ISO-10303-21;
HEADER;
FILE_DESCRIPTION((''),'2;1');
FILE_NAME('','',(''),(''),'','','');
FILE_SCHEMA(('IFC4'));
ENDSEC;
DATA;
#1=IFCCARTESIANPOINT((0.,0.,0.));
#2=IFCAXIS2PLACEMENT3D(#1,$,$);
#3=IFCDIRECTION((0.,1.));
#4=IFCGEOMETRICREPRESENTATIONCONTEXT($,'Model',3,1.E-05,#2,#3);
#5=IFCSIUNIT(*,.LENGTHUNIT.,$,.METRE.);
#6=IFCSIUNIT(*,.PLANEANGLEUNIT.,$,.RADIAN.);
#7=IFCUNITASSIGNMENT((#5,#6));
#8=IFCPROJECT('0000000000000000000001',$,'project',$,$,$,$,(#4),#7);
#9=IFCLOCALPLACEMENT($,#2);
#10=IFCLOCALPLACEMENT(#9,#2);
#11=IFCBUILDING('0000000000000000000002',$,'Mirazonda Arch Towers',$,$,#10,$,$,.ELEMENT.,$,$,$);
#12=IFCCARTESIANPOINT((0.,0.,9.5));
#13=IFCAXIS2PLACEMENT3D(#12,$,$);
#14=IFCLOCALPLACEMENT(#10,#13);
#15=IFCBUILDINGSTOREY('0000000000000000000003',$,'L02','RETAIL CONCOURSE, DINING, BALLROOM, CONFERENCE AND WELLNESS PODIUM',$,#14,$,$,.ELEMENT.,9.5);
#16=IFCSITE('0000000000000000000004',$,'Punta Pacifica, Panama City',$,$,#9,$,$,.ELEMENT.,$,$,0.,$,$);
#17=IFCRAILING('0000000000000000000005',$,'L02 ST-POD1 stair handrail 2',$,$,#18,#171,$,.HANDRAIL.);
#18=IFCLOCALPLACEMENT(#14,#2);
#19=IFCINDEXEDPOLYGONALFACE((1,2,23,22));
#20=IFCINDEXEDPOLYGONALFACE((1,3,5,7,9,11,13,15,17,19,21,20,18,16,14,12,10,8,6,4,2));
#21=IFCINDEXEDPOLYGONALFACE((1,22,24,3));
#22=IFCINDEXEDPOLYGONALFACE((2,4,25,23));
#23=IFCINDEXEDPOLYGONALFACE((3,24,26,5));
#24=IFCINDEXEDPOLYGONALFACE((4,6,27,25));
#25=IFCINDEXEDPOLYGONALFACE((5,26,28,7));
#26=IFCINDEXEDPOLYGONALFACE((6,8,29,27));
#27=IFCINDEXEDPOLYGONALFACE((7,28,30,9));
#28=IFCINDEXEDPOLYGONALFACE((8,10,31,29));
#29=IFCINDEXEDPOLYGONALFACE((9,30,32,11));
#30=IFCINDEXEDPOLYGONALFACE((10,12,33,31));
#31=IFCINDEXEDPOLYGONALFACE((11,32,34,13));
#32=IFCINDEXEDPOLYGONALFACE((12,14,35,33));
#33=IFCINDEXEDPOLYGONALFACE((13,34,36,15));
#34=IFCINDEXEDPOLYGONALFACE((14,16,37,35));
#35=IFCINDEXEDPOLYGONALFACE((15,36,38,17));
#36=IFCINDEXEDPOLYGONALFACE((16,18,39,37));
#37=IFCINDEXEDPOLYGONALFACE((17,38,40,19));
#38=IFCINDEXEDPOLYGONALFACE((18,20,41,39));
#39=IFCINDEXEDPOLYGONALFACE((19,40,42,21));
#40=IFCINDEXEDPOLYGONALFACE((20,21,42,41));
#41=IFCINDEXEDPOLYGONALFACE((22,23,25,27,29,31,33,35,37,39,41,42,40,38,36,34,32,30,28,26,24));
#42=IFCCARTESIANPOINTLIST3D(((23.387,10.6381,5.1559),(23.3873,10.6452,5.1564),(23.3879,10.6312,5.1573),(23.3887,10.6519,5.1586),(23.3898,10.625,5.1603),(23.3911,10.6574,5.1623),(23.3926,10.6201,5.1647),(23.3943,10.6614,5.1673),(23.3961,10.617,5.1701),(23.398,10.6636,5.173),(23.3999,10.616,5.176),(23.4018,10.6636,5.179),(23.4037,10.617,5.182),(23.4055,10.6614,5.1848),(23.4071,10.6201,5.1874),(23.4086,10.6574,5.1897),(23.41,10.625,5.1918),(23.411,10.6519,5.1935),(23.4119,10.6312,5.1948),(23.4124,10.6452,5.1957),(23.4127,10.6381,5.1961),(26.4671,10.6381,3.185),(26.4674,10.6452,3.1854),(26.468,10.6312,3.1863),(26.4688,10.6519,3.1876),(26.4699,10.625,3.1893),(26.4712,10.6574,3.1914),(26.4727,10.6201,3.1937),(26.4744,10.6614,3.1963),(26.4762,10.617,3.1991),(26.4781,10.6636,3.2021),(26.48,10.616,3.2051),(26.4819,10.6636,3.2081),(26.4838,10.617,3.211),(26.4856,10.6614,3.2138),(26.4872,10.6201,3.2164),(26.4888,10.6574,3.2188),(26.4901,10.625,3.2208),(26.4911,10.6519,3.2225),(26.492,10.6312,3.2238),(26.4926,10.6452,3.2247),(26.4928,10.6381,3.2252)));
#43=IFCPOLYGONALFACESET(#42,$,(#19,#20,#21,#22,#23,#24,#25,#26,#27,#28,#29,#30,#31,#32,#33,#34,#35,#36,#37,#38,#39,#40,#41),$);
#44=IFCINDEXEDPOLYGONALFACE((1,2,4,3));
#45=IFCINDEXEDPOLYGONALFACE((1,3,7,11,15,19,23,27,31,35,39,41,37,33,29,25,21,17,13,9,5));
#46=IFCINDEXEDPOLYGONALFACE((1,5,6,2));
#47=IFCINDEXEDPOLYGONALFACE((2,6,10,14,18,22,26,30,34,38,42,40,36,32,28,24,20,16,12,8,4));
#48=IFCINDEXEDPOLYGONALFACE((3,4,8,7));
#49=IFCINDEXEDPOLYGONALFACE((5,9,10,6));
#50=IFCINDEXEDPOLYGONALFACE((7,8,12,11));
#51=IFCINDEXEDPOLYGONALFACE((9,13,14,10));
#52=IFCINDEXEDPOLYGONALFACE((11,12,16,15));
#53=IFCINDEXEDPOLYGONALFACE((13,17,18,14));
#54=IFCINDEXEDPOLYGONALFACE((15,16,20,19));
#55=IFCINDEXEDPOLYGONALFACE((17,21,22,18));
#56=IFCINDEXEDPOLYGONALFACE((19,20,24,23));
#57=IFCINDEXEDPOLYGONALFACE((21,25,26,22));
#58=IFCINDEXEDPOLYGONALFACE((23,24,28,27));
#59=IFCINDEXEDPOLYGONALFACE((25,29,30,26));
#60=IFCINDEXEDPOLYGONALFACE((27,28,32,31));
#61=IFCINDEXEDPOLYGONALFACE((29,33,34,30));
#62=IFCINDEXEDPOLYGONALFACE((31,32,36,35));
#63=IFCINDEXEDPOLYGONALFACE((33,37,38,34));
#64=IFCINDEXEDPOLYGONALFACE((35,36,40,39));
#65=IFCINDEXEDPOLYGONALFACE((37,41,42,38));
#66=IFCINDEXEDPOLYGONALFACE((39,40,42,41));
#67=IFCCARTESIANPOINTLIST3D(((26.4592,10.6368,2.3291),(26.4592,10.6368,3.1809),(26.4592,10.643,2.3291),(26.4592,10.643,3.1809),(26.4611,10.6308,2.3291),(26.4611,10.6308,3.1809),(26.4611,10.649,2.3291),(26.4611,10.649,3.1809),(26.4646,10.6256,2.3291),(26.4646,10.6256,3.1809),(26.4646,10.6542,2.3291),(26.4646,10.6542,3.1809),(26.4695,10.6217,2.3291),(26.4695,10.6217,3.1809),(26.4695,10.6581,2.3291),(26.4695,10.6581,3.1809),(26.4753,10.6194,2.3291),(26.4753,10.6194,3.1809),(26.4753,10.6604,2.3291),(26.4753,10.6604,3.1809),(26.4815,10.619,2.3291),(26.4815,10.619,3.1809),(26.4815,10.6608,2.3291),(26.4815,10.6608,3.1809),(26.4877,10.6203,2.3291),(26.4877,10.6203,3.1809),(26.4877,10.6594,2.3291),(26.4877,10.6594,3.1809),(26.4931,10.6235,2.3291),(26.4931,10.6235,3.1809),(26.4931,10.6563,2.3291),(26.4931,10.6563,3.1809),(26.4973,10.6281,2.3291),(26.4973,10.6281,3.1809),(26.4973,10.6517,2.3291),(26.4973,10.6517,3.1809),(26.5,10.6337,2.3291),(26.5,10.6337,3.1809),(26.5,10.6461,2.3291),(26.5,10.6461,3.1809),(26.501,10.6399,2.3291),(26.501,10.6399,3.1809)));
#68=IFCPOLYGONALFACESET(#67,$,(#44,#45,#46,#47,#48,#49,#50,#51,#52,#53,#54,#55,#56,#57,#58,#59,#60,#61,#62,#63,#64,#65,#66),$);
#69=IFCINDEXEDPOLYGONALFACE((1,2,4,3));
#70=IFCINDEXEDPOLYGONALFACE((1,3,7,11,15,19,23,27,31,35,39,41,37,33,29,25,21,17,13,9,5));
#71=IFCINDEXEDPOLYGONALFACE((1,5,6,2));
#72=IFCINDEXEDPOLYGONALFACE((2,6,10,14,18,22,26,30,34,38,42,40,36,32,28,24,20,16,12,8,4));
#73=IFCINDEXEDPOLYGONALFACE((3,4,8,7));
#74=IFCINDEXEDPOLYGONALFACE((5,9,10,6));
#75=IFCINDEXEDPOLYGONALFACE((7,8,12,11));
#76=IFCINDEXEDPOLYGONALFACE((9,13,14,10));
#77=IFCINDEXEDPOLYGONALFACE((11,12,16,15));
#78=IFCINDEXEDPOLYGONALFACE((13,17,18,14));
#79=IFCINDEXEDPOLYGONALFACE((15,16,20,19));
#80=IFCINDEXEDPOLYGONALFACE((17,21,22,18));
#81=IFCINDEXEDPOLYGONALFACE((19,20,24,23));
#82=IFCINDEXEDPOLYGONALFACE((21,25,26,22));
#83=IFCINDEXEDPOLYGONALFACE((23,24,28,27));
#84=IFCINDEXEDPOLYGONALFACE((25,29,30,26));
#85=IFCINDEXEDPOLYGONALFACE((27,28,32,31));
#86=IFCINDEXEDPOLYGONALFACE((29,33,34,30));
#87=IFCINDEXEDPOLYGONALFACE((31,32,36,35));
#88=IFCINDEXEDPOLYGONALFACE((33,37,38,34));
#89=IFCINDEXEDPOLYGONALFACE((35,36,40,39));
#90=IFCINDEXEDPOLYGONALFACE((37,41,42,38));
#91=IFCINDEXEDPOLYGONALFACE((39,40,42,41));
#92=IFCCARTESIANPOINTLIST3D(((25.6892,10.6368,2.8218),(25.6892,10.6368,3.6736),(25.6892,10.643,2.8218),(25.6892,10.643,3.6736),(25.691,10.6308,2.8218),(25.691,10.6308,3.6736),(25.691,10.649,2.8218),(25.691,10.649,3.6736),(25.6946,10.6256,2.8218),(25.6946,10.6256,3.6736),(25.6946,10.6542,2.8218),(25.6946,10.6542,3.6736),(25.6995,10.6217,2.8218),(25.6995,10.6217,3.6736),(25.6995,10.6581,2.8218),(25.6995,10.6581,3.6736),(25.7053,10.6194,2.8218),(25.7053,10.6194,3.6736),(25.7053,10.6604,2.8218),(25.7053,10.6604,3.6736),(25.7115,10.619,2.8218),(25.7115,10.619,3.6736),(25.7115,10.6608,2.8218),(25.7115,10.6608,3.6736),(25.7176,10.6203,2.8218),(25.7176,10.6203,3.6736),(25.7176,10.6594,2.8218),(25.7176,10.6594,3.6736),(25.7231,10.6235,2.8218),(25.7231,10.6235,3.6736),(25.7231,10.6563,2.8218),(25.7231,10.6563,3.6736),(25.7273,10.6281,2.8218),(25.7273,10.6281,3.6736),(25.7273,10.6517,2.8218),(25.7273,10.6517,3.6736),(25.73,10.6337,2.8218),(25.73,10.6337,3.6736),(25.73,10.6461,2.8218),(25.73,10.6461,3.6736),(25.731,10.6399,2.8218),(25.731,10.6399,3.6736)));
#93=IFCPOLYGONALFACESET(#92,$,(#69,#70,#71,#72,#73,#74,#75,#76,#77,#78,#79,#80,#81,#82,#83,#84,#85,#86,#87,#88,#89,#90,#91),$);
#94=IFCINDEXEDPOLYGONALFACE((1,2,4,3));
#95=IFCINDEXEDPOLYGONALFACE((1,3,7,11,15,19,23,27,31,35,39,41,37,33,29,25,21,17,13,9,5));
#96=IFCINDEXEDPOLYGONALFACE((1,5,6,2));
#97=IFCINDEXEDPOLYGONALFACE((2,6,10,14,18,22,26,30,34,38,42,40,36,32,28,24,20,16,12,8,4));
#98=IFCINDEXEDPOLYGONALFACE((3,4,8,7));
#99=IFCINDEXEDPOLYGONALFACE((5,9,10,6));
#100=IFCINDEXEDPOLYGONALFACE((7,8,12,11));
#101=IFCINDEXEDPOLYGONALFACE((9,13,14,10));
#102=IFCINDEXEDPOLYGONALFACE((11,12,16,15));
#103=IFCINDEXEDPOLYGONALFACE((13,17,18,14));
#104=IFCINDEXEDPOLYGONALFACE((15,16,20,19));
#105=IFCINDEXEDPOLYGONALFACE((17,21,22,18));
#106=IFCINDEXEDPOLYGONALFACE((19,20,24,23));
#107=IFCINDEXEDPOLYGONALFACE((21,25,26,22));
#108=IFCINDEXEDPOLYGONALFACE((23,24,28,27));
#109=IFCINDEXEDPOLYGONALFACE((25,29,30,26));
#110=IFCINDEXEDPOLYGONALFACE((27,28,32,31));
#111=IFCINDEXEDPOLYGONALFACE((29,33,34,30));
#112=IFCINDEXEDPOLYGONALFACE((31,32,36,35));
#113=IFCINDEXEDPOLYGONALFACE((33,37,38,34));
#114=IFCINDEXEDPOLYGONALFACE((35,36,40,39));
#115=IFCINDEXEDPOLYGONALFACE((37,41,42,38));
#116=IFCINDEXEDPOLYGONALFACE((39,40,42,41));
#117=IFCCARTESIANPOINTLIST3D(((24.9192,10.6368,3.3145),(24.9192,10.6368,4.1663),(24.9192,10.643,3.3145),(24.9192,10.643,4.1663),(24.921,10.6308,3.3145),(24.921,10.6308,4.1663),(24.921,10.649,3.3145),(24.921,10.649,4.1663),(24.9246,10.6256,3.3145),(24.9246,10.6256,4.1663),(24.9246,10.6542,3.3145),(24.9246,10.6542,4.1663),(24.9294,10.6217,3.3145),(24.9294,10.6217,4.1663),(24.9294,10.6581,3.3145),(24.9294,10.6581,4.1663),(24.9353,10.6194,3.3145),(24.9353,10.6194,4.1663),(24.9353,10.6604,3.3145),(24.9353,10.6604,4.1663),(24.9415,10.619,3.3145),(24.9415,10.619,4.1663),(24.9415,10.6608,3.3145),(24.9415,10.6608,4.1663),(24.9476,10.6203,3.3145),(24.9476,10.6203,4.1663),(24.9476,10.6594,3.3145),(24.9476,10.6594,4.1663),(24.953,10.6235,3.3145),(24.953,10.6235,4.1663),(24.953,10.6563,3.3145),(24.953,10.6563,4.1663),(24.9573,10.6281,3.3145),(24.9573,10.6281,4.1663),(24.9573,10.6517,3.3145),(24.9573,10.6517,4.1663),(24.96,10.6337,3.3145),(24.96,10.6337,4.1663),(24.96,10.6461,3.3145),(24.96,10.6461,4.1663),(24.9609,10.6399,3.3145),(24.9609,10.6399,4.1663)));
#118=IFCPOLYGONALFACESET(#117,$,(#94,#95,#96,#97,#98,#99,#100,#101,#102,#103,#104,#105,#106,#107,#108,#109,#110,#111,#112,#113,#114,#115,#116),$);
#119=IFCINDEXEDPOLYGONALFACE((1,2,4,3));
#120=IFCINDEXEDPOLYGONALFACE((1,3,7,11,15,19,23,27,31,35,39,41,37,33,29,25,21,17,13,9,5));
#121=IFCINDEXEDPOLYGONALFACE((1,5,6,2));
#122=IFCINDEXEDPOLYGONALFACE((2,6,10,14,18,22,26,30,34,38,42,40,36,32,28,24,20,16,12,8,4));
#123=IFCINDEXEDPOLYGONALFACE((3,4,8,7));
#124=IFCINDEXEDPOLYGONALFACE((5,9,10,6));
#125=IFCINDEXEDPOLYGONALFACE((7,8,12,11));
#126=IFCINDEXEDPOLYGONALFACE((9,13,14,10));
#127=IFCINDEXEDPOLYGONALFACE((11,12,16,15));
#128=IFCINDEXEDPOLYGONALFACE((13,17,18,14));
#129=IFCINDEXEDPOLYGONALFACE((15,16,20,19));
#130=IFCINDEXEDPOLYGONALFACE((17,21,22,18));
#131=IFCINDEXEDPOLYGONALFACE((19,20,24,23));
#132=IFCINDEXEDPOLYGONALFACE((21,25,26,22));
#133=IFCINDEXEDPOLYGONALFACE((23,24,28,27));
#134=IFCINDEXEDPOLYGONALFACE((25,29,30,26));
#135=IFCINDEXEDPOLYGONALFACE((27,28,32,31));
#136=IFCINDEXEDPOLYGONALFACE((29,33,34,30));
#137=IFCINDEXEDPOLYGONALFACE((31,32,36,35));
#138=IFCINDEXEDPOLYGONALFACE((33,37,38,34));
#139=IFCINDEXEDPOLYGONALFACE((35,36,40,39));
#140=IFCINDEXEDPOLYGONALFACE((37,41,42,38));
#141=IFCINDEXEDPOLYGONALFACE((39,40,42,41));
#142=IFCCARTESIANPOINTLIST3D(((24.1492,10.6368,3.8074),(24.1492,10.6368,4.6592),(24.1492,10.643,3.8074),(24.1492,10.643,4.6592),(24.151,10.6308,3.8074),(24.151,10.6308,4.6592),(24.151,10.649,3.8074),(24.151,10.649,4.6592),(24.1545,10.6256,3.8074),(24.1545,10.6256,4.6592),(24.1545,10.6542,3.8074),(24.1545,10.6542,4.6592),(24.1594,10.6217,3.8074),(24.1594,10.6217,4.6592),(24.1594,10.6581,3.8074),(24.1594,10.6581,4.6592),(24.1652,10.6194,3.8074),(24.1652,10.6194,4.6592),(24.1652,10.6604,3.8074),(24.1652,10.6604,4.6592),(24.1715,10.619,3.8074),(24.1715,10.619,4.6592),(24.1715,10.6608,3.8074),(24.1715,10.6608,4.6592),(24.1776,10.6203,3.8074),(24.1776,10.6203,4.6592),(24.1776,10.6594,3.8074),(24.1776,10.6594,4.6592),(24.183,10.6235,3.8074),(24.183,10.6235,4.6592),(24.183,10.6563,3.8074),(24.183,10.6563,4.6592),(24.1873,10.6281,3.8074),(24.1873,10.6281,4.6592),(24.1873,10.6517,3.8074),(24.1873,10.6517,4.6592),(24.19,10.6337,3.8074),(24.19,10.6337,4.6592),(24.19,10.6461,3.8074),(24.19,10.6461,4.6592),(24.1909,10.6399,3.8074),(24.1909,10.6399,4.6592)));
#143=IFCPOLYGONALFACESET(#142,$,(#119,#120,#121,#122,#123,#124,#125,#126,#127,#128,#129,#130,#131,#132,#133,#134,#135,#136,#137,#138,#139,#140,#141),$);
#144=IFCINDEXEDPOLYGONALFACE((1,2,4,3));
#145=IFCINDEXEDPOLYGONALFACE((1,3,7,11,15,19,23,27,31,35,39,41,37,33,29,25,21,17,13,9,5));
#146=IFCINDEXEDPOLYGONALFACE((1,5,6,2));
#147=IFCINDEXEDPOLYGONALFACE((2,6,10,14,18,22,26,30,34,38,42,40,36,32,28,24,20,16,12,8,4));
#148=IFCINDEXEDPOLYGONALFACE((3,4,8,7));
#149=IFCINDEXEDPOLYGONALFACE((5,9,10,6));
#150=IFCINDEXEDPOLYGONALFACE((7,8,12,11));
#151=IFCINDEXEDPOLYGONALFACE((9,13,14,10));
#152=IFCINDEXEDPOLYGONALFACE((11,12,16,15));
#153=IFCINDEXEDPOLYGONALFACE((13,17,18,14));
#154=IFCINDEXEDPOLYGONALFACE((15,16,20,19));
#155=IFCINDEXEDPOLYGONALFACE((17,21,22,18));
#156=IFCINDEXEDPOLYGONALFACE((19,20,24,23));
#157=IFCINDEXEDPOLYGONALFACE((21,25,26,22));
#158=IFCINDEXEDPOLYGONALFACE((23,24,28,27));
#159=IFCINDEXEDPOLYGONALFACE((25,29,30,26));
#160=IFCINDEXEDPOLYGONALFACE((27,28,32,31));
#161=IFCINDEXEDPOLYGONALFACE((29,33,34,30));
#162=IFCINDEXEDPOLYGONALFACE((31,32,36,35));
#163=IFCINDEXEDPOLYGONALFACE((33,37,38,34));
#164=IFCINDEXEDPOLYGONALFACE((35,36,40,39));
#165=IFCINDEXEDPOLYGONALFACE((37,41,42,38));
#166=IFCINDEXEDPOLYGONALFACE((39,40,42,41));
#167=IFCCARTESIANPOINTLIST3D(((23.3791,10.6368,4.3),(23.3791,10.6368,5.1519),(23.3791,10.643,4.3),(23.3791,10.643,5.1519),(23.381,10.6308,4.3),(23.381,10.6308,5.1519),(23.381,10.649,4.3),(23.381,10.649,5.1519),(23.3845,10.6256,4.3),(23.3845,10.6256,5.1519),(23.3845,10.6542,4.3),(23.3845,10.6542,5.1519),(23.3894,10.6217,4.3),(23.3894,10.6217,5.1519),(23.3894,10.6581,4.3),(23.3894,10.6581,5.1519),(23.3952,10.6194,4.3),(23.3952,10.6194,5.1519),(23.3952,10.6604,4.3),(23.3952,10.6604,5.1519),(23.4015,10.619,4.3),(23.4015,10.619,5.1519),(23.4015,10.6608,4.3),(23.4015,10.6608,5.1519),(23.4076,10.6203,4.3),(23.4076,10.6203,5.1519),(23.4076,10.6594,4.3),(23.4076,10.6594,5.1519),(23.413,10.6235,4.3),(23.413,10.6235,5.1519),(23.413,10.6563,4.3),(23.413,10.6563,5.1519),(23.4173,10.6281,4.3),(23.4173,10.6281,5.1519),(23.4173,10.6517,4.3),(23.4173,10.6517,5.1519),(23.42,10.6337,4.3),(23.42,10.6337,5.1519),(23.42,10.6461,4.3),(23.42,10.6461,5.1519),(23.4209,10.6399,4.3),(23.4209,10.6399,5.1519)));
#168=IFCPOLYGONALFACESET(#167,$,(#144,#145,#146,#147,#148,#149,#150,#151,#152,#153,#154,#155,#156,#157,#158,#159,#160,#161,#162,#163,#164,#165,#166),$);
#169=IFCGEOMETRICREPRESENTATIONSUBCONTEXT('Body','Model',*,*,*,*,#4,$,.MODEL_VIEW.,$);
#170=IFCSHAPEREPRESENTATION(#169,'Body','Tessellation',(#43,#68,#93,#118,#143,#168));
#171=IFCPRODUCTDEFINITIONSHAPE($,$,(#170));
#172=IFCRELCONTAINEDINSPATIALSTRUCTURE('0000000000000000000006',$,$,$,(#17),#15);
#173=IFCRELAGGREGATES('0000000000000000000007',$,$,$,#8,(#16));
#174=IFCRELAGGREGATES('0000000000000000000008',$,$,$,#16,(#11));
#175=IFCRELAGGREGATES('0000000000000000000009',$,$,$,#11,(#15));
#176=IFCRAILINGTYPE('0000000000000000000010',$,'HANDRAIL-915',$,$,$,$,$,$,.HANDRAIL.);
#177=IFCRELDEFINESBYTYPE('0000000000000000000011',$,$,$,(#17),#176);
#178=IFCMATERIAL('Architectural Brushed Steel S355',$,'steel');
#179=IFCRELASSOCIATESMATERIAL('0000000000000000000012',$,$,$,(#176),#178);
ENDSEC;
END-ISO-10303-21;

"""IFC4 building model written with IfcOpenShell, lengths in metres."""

from ifc_helpers import new_model, si_unit, direction, frame, origin, origin_2d, place, context, subcontext, project, spatial, circle, extrude, material, type_object, element, save


model = new_model("IFC4")

# Units and contexts
model_context = context("Model", 3, precision=1e-05, world=origin(), true_north=direction((0.0, 1.0)))
body_context = subcontext(model_context, "Body", "Model", "MODEL_VIEW")
ifc_project = project(units=[si_unit("LENGTHUNIT", "METRE"), si_unit("PLANEANGLEUNIT", "RADIAN")], contexts=[model_context])

# Site, building, storey
site_placement = place(None, origin())
site = spatial("IfcSite", under=ifc_project, at=site_placement, Name="Punta Pacifica, Panama City", CompositionType="ELEMENT", RefElevation=0.0)
building_placement = place(site_placement, origin())
building = spatial("IfcBuilding", under=site, at=building_placement, Name="Mirazonda Arch Towers", CompositionType="ELEMENT")
storey_placement = place(building_placement, frame((0.0, 0.0, 9.5)))
storey = spatial("IfcBuildingStorey", under=building, at=storey_placement, Name="L02", Description="RETAIL CONCOURSE, DINING, BALLROOM, CONFERENCE AND WELLNESS PODIUM", CompositionType="ELEMENT", Elevation=9.5)

# Railing
ifc_material_1 = material(Name="Architectural Brushed Steel S355", Category="steel")
railing_type_1 = type_object("IfcRailingType", Name="HANDRAIL-915", PredefinedType="HANDRAIL", material=ifc_material_1)
railing_1_placement = place(storey_placement, frame((26.48, 10.6399, 2.3291)))
element("IfcRailing", 1, at=railing_1_placement, inside=storey, type_object=railing_type_1, Name="L02 ST-POD1 stair handrail 2", PredefinedType="HANDRAIL", context=body_context, shape_type="SweptSolid", body=[
    extrude(circle(Radius=0.0239, at=origin_2d()), frame((0.0, 0.0, 0.876), z_axis=(-0.842309, 0.0, 0.538995), x_axis=(0.0, -1.0, 0.0)), (0.0, 0.0, 1.0), 3.6567),
    extrude(circle(Radius=0.021, at=origin_2d()), origin(), (0.0, 0.0, 1.0), 0.8518),
    extrude(circle(Radius=0.021, at=origin_2d()), frame((-0.77, 0.0, 0.4927)), (0.0, 0.0, 1.0), 0.8518),
    extrude(circle(Radius=0.021, at=origin_2d()), frame((-1.54, 0.0, 0.9854)), (0.0, 0.0, 1.0), 0.8518),
    extrude(circle(Radius=0.021, at=origin_2d()), frame((-2.3101, 0.0, 1.4783)), (0.0, 0.0, 1.0), 0.8518),
    extrude(circle(Radius=0.021, at=origin_2d()), frame((-3.0801, 0.0, 1.9709)), (0.0, 0.0, 1.0), 0.8518),
])

save(model, "model.ifc")
